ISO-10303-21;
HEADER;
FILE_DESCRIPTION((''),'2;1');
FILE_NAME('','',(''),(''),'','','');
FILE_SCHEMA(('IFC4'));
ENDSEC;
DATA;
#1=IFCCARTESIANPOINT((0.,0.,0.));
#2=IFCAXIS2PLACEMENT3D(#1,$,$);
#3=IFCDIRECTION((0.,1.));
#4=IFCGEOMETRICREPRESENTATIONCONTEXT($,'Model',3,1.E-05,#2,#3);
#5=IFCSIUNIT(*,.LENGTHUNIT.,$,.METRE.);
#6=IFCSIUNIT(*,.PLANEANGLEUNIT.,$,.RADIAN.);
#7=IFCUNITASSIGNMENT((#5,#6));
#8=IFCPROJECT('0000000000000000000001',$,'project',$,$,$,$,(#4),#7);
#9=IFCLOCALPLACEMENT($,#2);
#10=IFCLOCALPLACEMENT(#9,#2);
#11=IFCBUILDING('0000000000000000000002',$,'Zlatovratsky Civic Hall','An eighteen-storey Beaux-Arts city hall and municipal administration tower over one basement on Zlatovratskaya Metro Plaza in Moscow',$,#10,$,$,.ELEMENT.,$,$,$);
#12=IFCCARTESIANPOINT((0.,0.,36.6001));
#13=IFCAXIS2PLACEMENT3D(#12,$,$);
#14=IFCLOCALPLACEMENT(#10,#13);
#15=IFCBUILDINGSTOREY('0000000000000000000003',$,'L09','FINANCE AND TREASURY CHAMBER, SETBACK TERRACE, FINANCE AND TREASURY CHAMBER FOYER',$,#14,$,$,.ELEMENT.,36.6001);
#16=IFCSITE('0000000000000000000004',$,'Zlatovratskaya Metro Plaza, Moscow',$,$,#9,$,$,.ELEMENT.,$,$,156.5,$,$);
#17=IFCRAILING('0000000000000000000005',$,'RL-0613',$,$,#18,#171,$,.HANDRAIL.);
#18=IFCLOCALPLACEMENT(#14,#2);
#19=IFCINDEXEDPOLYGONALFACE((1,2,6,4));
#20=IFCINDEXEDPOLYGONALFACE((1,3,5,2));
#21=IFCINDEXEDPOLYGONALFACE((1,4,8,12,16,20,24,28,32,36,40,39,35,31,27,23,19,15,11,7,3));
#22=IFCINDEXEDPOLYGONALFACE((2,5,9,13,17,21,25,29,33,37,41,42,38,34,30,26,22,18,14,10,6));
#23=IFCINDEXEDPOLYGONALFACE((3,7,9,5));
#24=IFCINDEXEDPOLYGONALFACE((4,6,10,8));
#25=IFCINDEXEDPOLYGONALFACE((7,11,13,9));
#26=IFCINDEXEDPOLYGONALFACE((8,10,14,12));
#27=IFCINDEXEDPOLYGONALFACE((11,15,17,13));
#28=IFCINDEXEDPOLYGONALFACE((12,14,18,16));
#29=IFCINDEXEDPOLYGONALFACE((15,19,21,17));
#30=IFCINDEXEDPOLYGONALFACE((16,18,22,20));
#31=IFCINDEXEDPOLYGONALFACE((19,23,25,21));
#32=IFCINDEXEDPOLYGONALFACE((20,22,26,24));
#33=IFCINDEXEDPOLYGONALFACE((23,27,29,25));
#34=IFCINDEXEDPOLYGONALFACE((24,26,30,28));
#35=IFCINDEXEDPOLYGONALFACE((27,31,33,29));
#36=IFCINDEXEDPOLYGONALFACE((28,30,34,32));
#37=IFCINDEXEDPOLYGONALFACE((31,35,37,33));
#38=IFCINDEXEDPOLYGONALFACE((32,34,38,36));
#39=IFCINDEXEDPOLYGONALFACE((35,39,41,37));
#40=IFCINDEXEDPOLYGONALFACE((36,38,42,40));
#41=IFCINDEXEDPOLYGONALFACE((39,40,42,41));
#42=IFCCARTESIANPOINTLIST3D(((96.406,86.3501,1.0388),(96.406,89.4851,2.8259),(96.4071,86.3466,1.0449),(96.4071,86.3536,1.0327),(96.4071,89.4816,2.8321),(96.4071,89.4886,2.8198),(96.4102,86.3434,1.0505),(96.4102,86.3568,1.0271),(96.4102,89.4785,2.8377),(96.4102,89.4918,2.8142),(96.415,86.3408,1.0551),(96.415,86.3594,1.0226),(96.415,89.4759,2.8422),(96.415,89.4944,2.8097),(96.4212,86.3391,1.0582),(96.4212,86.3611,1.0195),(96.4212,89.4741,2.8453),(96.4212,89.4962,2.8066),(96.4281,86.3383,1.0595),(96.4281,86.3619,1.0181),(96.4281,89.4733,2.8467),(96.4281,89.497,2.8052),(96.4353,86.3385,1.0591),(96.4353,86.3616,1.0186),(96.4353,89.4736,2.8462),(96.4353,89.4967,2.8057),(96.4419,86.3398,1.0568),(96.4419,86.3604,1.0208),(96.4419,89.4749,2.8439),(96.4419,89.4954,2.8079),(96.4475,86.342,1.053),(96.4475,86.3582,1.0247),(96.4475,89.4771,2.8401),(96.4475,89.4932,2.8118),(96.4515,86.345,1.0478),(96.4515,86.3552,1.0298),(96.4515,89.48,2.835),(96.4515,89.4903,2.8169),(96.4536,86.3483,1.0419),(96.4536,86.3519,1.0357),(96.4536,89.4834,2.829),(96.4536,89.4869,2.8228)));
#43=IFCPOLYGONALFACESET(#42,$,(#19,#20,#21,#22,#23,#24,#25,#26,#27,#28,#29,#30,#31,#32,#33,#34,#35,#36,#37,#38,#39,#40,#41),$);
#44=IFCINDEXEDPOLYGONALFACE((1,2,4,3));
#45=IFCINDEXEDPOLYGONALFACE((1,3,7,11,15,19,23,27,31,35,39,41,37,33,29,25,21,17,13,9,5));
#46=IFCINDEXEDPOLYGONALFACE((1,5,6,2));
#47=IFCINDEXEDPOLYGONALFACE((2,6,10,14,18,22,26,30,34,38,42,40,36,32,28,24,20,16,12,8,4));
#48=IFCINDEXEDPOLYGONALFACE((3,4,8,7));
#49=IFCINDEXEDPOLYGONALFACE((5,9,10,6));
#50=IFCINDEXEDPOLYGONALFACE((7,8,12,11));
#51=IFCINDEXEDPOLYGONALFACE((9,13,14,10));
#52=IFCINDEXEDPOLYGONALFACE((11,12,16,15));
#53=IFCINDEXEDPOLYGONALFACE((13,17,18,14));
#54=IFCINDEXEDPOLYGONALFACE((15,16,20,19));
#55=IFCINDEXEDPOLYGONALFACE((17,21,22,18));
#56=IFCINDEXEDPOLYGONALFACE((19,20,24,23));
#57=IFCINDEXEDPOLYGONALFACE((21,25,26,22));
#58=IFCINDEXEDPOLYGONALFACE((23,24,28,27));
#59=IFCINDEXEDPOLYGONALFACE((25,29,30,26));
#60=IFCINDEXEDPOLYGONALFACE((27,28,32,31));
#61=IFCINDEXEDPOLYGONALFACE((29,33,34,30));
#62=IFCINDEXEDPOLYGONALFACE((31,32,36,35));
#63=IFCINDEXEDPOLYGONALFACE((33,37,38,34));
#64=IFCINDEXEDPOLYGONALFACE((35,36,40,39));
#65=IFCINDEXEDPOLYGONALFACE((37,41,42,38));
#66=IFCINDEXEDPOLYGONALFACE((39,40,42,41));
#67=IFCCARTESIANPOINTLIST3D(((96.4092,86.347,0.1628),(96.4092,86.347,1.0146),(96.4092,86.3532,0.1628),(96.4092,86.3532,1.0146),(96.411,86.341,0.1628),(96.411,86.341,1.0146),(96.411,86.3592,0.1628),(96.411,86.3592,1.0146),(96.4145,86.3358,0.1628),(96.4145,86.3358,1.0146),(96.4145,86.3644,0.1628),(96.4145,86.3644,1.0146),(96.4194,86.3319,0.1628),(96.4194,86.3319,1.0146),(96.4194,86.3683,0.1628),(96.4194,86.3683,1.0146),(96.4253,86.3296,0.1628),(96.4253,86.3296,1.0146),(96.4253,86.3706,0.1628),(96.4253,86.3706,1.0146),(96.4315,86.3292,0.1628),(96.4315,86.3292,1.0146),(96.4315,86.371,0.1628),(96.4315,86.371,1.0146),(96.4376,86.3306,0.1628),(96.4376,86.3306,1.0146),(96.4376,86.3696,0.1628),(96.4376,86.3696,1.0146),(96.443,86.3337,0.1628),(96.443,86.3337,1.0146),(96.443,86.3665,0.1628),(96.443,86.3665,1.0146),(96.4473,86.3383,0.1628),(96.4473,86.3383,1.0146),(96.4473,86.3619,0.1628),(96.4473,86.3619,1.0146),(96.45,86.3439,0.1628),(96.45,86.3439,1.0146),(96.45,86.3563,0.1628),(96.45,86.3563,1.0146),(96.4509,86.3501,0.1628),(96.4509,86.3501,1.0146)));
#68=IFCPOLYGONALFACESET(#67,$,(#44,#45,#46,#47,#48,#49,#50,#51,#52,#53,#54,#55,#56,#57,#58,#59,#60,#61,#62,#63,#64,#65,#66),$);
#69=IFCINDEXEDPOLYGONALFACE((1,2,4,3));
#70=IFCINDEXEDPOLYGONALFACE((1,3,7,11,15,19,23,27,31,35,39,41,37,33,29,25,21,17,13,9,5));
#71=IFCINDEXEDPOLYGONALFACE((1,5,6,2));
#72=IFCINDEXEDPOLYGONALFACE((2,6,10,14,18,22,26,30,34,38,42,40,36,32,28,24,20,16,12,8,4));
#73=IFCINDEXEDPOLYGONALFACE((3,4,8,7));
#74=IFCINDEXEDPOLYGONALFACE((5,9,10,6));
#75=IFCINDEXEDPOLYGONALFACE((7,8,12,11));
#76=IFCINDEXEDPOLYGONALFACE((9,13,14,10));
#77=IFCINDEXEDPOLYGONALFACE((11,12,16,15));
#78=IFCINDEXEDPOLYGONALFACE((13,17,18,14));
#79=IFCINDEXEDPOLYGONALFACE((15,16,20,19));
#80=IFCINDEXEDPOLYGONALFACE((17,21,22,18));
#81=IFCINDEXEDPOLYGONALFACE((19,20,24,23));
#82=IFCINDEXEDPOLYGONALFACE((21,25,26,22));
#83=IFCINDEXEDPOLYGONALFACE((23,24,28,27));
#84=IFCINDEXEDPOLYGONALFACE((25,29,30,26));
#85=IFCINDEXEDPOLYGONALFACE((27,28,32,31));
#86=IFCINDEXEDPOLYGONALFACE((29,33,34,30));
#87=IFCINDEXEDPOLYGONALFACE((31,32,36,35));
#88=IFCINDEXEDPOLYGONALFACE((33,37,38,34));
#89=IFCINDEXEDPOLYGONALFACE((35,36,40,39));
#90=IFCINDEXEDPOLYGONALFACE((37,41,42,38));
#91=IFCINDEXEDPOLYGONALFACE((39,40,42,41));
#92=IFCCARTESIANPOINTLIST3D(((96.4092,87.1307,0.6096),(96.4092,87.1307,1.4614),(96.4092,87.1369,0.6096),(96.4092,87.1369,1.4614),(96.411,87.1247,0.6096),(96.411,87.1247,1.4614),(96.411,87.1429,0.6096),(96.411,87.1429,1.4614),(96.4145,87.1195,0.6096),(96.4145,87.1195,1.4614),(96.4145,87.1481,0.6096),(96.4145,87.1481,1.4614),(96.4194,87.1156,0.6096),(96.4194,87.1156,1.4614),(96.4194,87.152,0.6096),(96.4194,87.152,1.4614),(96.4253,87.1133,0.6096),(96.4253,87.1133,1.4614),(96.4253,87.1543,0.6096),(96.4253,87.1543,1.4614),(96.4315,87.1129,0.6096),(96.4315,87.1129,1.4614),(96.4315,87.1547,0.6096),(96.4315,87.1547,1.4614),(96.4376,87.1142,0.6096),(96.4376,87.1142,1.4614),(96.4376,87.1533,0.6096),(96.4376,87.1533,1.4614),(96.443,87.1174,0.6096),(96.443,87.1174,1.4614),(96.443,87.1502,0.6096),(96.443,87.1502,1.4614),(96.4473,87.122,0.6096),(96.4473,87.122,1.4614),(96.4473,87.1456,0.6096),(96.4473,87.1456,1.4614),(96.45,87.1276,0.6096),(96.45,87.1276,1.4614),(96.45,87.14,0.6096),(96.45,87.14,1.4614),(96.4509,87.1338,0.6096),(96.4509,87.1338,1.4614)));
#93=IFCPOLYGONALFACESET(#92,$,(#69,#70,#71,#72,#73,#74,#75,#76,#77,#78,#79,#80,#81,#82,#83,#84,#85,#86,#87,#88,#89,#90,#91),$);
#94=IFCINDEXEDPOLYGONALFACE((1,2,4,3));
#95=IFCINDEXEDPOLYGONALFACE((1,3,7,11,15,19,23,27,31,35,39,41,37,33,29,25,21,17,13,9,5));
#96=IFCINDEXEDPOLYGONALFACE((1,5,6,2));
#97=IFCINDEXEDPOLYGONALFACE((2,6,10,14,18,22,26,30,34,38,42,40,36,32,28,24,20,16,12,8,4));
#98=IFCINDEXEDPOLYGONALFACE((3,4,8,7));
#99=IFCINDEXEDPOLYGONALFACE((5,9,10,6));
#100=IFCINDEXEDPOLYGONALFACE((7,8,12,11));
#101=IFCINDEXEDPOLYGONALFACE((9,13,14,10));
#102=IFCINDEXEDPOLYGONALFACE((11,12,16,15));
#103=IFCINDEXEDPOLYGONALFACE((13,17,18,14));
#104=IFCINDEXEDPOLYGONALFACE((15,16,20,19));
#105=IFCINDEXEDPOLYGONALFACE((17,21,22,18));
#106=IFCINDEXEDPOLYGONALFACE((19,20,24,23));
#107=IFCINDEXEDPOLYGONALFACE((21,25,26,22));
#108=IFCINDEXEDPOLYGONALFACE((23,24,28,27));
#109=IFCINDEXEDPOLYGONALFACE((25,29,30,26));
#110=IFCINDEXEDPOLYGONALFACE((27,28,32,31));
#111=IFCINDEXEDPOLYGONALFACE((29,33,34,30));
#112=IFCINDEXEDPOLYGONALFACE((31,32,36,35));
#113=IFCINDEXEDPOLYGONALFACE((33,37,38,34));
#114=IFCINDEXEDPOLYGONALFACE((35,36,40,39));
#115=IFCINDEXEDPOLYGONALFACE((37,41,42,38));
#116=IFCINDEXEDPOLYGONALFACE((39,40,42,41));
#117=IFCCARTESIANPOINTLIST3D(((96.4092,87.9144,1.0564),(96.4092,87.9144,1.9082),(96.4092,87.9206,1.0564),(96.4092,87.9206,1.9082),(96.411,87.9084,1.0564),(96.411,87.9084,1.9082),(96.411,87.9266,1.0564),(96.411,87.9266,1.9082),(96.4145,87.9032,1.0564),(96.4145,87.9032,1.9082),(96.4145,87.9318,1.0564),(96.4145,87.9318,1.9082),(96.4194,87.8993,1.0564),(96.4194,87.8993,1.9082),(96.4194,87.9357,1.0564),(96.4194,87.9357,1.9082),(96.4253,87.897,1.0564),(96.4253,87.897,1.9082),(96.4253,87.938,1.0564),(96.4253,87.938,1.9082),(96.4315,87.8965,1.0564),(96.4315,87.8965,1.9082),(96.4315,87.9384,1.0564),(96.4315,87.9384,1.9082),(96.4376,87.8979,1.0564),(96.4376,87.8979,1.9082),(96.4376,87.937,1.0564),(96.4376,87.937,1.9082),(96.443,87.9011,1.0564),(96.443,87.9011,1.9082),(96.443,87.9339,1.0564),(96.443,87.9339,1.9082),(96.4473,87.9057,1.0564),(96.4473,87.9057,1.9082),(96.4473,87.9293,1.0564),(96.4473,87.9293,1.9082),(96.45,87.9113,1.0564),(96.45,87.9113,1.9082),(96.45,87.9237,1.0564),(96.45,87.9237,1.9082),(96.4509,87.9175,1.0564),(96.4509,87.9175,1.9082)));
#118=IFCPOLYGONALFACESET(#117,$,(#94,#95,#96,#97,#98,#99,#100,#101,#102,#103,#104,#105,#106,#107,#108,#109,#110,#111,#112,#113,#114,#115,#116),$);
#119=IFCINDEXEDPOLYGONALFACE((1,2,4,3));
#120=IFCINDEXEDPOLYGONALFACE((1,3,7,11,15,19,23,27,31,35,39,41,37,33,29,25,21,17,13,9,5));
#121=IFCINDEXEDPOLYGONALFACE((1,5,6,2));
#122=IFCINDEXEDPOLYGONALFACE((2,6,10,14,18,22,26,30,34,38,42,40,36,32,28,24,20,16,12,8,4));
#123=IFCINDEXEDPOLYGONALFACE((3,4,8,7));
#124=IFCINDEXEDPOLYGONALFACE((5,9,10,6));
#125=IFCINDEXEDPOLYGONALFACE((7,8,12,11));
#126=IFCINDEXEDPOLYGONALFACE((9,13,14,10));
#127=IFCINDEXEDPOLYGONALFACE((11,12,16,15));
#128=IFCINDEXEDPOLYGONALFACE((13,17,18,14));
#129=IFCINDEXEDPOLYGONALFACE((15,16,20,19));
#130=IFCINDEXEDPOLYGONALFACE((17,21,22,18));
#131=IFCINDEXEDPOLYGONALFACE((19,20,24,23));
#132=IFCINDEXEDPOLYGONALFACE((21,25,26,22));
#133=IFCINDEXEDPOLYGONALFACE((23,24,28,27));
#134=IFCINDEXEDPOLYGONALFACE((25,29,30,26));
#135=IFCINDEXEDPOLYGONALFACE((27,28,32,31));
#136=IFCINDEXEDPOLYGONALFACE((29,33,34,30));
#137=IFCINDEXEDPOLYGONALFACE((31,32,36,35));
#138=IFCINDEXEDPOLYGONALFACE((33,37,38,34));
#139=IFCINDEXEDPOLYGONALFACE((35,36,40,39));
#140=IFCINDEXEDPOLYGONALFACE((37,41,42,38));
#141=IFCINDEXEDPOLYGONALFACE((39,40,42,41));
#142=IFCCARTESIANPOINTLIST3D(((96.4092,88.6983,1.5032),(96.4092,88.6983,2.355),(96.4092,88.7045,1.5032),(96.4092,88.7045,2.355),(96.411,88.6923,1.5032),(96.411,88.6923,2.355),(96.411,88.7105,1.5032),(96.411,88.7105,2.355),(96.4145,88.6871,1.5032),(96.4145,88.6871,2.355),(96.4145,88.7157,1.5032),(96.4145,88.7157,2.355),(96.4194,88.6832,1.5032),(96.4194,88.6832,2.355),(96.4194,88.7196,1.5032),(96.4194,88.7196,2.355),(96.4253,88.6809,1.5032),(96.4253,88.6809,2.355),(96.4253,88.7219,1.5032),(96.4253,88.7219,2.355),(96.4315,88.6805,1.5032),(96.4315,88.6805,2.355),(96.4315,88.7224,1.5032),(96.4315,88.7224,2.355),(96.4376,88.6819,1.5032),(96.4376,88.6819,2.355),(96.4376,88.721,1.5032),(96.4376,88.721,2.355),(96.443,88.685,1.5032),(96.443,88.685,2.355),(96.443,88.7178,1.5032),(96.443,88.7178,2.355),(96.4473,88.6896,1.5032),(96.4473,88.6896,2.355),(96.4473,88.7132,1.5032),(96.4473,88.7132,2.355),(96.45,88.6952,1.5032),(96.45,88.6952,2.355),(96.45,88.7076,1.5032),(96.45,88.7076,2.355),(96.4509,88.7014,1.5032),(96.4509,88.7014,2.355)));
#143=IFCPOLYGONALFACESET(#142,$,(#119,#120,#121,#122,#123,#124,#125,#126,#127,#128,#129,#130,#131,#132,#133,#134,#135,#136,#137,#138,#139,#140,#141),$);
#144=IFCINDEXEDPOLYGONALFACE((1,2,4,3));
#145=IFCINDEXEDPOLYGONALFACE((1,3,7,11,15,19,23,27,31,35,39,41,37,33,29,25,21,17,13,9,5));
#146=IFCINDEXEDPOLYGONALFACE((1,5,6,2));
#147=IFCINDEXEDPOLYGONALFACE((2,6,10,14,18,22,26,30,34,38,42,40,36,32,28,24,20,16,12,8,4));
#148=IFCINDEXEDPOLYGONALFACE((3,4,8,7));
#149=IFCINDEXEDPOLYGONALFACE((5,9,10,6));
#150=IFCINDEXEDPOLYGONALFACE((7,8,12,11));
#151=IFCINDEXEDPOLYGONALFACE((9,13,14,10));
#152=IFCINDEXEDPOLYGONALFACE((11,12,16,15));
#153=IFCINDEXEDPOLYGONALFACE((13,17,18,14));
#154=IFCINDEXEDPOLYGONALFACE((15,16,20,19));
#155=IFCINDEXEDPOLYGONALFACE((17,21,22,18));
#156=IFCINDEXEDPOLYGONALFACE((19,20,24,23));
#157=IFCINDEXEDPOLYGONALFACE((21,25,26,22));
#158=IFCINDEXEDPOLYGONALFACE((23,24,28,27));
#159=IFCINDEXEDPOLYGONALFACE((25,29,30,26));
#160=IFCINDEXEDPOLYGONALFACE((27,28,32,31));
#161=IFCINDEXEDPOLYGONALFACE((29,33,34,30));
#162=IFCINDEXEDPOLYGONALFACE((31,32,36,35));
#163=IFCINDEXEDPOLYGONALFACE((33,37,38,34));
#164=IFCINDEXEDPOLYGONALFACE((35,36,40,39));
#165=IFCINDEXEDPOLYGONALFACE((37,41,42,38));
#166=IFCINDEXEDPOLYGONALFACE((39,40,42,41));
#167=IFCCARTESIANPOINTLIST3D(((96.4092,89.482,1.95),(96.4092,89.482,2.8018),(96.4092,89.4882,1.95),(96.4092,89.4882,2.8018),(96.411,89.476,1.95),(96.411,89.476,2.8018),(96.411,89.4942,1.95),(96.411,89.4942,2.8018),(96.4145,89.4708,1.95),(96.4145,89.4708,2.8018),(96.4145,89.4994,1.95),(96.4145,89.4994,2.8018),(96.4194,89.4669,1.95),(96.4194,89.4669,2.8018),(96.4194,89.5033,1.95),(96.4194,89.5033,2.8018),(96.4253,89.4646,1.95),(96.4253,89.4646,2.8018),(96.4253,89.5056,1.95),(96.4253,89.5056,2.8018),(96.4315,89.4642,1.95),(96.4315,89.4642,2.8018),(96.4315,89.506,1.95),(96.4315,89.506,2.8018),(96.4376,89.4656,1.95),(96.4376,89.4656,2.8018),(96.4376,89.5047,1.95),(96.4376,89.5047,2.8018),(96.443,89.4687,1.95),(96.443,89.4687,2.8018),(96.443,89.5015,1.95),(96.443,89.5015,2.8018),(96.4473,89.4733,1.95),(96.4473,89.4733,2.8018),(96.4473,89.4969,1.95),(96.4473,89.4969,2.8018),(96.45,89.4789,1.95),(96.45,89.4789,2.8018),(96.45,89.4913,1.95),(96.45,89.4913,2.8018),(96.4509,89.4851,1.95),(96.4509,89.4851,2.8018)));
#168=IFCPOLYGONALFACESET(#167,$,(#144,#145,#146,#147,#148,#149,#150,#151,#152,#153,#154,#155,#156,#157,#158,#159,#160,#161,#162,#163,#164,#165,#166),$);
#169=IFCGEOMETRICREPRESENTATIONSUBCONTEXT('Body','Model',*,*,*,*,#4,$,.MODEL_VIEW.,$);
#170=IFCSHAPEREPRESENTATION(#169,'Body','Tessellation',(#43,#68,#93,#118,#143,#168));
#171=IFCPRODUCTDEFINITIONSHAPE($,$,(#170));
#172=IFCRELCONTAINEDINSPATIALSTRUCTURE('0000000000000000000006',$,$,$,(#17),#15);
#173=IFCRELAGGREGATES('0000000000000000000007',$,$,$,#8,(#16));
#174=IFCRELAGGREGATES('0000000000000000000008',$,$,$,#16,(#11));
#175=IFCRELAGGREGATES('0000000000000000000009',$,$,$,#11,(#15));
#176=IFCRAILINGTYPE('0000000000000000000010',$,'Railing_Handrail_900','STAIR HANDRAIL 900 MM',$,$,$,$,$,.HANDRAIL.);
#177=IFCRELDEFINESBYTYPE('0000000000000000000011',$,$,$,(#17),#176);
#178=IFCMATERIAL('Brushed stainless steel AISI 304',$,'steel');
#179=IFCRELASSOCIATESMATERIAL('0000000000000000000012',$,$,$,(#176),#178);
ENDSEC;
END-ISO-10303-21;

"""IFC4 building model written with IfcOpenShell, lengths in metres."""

from ifc_helpers import new_model, si_unit, direction, frame, origin, origin_2d, place, context, subcontext, project, spatial, circle, extrude, material, type_object, element, save


model = new_model("IFC4")

# Units and contexts
model_context = context("Model", 3, precision=1e-05, world=origin(), true_north=direction((0.0, 1.0)))
body_context = subcontext(model_context, "Body", "Model", "MODEL_VIEW")
ifc_project = project(units=[si_unit("LENGTHUNIT", "METRE"), si_unit("PLANEANGLEUNIT", "RADIAN")], contexts=[model_context])

# Site, building, storey
site_placement = place(None, origin())
site = spatial("IfcSite", under=ifc_project, at=site_placement, Name="Zlatovratskaya Metro Plaza, Moscow", CompositionType="ELEMENT", RefElevation=156.5)
building_placement = place(site_placement, origin())
building = spatial("IfcBuilding", under=site, at=building_placement, Name="Zlatovratsky Civic Hall", Description="An eighteen-storey Beaux-Arts city hall and municipal administration tower over one basement on Zlatovratskaya Metro Plaza in Moscow", CompositionType="ELEMENT")
storey_placement = place(building_placement, frame((0.0, 0.0, 36.6001)))
storey = spatial("IfcBuildingStorey", under=building, at=storey_placement, Name="L09", Description="FINANCE AND TREASURY CHAMBER, SETBACK TERRACE, FINANCE AND TREASURY CHAMBER FOYER", CompositionType="ELEMENT", Elevation=36.6001)

# Railing
ifc_material_1 = material(Name="Brushed stainless steel AISI 304", Category="steel")
railing_type_1 = type_object("IfcRailingType", Name="Railing_Handrail_900", Description="STAIR HANDRAIL 900 MM", PredefinedType="HANDRAIL", material=ifc_material_1)
railing_1_placement = place(storey_placement, frame((96.4299, 86.3501, 0.1628)))
element("IfcRailing", 1, at=railing_1_placement, inside=storey, type_object=railing_type_1, Name="RL-0613", PredefinedType="HANDRAIL", context=body_context, shape_type="SweptSolid", body=[
    extrude(circle(Radius=0.0239, at=origin_2d()), frame((0.0, 0.0, 0.876), z_axis=(0.0, 0.868759, 0.495235), x_axis=(-1.0, 0.0, 0.0)), (0.0, 0.0, 1.0), 3.6086),
    extrude(circle(Radius=0.021, at=origin_2d()), origin(), (0.0, 0.0, 1.0), 0.8518),
    extrude(circle(Radius=0.021, at=origin_2d()), frame((0.0, 0.7837, 0.4468)), (0.0, 0.0, 1.0), 0.8518),
    extrude(circle(Radius=0.021, at=origin_2d()), frame((0.0, 1.5674, 0.8936)), (0.0, 0.0, 1.0), 0.8518),
    extrude(circle(Radius=0.021, at=origin_2d()), frame((0.0, 2.3513, 1.3403)), (0.0, 0.0, 1.0), 0.8518),
    extrude(circle(Radius=0.021, at=origin_2d()), frame((0.0, 3.135, 1.7871)), (0.0, 0.0, 1.0), 0.8518),
])

save(model, "model.ifc")
